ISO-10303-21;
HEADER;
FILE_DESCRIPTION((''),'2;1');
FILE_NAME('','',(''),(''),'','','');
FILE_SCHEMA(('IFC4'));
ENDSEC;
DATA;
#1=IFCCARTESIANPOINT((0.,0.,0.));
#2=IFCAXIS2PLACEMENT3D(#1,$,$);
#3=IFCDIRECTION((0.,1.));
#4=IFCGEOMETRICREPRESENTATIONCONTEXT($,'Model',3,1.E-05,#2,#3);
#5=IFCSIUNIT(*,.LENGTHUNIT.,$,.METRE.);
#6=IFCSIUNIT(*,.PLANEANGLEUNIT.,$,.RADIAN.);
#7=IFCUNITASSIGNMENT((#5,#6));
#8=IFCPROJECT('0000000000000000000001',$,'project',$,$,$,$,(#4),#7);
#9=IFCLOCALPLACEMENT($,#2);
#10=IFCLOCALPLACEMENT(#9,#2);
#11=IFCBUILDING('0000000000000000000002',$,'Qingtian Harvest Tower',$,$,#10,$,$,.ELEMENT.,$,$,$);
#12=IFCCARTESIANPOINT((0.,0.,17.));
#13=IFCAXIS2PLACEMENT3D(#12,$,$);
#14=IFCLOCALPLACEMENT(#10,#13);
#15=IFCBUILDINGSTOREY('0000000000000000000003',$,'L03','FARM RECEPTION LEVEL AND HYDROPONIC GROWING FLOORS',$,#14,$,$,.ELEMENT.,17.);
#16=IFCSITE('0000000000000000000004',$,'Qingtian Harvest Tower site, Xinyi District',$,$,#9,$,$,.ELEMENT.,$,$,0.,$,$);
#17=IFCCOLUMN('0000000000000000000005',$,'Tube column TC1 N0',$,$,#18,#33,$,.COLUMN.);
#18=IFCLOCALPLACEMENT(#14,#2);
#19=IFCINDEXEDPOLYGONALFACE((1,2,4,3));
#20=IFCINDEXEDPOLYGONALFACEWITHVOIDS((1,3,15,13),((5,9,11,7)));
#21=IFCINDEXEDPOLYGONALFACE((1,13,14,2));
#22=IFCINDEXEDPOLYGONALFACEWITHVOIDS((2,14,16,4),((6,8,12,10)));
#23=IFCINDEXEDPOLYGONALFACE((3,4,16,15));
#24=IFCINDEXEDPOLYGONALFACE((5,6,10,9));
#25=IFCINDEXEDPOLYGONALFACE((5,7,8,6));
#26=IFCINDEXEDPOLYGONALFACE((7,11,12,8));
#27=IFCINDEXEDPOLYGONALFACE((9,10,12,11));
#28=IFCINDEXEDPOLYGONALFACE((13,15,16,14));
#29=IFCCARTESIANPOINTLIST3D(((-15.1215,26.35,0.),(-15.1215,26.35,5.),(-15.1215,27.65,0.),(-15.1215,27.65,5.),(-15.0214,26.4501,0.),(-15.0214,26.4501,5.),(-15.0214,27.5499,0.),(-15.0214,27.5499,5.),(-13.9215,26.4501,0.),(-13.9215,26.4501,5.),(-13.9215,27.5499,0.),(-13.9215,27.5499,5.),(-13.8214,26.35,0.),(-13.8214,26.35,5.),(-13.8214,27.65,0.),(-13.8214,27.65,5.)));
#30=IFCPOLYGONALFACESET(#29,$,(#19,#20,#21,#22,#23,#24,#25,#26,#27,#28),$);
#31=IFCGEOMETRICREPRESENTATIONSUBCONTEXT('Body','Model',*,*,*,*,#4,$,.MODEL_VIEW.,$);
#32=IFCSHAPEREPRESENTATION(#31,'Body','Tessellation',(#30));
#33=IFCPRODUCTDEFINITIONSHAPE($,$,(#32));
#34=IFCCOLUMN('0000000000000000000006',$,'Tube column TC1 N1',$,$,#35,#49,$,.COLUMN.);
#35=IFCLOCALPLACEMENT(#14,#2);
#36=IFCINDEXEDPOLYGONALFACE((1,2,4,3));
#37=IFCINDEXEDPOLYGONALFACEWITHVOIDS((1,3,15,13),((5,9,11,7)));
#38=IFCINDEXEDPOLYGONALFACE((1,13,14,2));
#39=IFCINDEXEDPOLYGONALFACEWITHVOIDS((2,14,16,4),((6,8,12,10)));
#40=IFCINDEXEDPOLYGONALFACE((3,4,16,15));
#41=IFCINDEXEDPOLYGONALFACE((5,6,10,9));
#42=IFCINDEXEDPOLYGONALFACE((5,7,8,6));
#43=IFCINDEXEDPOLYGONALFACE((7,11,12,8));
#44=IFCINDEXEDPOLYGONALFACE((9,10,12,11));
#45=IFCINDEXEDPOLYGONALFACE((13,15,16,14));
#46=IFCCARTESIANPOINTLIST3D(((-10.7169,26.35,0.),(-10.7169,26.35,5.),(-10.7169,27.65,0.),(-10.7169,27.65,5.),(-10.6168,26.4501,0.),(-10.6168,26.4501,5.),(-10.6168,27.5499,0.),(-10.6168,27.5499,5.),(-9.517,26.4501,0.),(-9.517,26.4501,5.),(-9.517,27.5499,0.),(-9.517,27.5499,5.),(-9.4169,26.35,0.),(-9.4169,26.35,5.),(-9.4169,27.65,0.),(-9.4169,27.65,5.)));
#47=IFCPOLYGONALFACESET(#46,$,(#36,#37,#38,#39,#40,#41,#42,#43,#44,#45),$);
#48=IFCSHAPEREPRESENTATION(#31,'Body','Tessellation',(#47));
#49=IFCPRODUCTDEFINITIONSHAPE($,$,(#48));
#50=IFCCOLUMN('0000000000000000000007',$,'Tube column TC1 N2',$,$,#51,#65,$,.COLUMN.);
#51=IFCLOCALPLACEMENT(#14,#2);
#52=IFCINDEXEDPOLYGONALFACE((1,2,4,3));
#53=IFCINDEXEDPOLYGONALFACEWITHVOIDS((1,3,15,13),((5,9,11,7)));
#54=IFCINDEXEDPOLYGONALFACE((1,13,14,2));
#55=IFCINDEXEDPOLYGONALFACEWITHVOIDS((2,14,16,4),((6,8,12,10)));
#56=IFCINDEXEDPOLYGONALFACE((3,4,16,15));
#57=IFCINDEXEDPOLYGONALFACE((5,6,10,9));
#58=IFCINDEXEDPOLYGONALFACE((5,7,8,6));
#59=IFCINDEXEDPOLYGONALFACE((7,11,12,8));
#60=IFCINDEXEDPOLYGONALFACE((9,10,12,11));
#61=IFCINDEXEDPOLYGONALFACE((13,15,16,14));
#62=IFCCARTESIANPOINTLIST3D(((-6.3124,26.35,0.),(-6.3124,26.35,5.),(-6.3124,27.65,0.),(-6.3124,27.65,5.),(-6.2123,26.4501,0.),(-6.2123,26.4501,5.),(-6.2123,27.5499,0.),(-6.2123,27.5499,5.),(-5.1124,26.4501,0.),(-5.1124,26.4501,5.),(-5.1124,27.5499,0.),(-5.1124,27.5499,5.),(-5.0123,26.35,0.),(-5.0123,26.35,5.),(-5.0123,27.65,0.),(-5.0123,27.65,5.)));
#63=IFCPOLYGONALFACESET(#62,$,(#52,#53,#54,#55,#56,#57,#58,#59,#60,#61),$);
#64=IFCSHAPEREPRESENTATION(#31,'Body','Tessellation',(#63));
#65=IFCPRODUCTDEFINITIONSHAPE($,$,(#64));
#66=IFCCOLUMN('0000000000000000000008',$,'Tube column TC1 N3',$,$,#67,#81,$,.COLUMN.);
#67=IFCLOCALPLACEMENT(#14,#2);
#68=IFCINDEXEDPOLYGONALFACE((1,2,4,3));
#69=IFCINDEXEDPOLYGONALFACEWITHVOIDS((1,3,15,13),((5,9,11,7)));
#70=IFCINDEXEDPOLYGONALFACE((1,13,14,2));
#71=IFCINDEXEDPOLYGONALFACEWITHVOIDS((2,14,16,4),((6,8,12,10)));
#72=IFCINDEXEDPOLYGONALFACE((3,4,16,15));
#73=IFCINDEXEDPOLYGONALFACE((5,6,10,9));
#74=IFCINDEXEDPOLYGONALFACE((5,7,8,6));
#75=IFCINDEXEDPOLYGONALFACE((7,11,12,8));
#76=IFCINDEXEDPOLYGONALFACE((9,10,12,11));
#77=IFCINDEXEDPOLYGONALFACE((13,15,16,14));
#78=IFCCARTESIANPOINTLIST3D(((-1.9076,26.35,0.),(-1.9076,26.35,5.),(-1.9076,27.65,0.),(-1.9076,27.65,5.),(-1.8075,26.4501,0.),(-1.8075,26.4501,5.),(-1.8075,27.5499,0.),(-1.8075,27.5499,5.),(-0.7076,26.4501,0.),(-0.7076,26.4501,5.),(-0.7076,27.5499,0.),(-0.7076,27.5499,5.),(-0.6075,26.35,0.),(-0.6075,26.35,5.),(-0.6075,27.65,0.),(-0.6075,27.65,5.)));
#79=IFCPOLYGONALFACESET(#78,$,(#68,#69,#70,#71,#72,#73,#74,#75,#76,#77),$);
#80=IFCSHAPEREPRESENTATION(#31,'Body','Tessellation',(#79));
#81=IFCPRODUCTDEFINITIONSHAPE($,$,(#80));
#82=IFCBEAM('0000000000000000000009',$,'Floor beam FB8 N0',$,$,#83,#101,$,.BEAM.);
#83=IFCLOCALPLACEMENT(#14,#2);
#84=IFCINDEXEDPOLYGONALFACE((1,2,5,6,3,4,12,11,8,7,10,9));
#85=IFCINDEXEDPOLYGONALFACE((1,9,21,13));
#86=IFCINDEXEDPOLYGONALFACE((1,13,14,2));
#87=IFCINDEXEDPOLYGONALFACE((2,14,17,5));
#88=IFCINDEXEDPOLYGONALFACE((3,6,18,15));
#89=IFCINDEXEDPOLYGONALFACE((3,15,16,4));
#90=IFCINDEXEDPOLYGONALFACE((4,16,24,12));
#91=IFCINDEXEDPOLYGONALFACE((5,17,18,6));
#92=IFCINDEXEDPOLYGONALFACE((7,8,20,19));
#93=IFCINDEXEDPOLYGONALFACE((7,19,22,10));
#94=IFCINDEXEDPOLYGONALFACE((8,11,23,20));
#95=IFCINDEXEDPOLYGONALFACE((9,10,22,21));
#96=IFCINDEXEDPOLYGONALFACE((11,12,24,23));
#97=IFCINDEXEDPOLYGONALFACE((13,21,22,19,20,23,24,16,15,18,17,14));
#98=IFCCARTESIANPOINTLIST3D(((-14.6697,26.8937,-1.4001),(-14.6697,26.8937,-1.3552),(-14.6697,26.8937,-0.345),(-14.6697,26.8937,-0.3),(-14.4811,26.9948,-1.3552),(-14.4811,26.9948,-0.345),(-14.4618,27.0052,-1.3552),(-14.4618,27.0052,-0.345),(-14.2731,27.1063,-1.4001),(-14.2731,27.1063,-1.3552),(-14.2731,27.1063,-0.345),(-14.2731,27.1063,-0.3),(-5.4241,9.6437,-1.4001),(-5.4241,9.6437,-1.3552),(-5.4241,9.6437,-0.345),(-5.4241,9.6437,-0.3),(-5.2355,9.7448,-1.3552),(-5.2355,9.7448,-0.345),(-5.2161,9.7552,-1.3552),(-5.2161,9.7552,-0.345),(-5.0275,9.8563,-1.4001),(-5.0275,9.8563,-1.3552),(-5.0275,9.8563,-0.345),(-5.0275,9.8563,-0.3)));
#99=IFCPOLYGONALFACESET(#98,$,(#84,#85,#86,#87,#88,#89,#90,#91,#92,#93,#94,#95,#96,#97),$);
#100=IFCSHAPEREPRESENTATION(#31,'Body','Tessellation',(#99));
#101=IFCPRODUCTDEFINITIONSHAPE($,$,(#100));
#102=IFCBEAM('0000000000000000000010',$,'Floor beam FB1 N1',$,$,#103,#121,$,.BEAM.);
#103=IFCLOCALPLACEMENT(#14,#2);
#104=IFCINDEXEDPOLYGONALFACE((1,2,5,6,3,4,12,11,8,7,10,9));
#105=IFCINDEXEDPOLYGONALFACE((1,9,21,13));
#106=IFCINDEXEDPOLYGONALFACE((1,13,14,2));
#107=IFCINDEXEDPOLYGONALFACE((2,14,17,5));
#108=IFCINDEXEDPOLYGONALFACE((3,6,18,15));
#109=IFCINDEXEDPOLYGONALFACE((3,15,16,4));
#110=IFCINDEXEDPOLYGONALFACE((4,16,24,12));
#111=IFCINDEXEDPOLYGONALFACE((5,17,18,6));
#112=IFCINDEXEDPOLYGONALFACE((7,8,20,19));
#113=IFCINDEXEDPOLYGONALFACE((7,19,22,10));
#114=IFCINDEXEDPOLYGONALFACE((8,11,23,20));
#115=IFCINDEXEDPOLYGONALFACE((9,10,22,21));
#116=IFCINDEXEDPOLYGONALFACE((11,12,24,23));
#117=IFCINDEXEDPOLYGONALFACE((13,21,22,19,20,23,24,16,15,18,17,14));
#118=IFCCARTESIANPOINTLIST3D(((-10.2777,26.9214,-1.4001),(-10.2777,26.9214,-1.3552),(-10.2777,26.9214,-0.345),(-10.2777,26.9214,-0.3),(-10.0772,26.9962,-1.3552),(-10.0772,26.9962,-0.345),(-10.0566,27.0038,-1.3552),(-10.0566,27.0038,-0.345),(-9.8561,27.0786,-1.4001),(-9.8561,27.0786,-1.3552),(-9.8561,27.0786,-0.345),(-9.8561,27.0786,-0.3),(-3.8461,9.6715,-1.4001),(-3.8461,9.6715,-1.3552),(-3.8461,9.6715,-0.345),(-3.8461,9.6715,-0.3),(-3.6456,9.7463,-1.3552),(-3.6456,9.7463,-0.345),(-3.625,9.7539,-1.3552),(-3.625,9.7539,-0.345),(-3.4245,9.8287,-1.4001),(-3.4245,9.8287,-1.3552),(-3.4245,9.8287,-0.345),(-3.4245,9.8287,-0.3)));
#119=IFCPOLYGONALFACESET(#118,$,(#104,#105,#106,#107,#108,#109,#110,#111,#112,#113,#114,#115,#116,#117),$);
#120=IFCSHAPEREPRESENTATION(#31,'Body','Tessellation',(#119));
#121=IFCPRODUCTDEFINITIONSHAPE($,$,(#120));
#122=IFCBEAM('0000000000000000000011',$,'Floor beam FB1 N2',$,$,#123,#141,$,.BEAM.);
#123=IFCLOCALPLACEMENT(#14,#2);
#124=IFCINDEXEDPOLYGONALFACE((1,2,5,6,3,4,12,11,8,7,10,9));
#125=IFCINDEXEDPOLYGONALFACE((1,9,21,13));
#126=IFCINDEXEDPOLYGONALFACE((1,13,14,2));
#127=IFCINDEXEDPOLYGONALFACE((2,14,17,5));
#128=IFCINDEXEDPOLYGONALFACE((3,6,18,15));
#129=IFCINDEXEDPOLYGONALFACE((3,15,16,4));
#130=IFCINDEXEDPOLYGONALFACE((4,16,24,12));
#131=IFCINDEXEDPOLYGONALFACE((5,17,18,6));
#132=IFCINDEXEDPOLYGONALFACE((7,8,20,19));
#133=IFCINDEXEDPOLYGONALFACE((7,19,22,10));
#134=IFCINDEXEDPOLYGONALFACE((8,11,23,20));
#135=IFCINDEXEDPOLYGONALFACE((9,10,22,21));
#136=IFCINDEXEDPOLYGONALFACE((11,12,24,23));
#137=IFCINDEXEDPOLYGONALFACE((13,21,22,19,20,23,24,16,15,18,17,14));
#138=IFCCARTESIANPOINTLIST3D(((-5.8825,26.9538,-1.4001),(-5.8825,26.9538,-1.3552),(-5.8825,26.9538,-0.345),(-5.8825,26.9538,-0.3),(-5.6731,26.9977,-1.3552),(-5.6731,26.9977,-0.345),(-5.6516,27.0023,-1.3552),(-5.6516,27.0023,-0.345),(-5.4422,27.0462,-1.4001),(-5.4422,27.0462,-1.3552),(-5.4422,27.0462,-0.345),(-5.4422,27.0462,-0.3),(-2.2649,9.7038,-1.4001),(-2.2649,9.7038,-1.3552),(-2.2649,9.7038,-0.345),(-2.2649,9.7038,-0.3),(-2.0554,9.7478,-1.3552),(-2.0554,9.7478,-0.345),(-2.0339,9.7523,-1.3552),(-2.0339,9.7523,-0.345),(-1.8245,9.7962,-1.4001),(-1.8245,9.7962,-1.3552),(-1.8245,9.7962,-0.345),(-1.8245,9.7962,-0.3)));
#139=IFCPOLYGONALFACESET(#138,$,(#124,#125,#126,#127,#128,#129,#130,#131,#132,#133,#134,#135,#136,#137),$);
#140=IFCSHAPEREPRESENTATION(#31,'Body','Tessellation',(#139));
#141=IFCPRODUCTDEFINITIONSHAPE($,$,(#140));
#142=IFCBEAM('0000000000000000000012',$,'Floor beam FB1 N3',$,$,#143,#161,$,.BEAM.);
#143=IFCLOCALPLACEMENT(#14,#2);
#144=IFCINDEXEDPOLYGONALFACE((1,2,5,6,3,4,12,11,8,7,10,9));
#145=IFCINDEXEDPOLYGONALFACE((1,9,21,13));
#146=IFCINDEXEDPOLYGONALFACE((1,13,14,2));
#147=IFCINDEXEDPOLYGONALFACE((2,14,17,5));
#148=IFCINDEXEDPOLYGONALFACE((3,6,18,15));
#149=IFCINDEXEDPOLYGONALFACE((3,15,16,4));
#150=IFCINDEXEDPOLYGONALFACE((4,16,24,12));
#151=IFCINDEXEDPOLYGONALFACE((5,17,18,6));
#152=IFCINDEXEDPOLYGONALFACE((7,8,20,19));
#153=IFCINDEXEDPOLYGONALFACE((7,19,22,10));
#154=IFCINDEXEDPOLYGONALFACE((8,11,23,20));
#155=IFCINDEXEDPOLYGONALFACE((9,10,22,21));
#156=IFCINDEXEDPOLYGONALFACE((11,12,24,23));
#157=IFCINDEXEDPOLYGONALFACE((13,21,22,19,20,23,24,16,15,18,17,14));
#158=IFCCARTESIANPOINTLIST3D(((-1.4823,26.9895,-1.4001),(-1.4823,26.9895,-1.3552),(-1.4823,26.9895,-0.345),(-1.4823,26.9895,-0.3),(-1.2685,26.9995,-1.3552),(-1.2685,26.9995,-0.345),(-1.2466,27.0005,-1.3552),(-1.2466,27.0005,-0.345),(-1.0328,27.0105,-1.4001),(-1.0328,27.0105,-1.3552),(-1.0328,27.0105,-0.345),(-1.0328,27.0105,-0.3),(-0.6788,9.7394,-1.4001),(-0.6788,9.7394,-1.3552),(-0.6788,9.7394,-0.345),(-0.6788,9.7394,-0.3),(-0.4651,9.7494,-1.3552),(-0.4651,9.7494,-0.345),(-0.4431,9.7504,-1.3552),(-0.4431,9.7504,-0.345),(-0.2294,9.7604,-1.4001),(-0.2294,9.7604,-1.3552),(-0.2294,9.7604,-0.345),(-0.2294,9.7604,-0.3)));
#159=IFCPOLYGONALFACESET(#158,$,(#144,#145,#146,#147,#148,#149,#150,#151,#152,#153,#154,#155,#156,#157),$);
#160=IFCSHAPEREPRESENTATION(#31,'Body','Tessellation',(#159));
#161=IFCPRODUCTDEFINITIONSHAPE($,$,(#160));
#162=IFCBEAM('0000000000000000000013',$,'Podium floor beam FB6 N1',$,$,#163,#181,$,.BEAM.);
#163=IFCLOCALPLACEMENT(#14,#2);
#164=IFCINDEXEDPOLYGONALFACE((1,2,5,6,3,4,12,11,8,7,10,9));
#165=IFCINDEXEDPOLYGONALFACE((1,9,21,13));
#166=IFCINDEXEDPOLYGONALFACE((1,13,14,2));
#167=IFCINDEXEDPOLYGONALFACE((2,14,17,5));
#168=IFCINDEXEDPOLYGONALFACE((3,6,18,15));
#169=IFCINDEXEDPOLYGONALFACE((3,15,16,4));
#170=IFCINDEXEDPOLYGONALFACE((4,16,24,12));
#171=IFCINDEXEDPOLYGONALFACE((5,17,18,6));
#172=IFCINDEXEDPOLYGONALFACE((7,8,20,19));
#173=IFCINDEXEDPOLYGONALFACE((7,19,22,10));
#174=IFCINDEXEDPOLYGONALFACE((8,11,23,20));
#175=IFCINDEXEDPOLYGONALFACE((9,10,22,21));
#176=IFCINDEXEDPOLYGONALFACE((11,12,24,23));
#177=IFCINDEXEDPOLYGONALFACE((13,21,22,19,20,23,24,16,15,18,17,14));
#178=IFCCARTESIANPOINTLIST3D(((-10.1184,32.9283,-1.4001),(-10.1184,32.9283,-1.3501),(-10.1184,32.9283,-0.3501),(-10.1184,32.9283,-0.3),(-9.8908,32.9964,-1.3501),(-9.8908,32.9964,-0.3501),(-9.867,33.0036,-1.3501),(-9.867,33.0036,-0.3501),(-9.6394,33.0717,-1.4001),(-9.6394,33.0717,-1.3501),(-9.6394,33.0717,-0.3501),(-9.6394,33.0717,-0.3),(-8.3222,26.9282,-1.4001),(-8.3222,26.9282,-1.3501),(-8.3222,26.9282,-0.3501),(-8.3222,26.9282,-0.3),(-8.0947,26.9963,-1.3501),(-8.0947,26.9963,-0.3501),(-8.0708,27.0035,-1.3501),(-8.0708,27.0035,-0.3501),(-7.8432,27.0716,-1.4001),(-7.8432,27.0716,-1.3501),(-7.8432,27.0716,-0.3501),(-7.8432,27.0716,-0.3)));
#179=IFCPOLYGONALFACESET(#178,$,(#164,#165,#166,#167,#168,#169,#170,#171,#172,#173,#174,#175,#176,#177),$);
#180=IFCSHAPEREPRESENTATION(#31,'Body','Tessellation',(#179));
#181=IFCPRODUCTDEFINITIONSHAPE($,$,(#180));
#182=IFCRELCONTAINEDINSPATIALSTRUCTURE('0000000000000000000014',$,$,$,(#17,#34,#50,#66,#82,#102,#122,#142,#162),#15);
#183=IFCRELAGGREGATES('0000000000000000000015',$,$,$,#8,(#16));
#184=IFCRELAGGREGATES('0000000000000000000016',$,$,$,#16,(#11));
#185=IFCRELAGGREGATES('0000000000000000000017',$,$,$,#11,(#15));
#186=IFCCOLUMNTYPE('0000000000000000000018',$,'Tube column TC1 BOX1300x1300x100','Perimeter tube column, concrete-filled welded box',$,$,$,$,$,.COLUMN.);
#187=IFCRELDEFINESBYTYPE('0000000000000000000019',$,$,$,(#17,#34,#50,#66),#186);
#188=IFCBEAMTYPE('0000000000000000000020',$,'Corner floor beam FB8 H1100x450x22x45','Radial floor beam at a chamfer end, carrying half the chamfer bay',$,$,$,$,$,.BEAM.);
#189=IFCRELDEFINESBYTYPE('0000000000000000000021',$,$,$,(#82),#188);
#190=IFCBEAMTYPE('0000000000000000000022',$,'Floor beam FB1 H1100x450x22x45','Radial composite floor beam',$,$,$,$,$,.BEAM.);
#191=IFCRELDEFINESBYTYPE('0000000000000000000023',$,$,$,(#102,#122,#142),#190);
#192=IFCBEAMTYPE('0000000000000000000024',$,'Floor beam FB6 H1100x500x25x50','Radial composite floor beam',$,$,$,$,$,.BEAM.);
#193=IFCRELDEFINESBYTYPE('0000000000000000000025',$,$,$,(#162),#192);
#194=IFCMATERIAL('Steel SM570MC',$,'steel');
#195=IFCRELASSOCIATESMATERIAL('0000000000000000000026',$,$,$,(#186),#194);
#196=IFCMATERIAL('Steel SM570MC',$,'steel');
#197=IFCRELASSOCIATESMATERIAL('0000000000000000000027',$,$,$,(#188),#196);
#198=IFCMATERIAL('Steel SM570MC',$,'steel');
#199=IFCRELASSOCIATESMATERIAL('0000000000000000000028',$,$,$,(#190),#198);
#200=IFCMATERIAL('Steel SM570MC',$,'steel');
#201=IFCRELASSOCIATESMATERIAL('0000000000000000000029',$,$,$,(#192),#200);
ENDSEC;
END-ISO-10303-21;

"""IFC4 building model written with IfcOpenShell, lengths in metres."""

from ifc_helpers import new_model, si_unit, direction, frame, origin, origin_2d, place, context, subcontext, project, spatial, hollow_rectangle, i_section, extrude, material, material_profile, profile_set, type_object, element, save


model = new_model("IFC4")

# Units and contexts
model_context = context("Model", 3, precision=1e-05, world=origin(), true_north=direction((0.0, 1.0)))
body_context = subcontext(model_context, "Body", "Model", "MODEL_VIEW")
ifc_project = project(units=[si_unit("LENGTHUNIT", "METRE"), si_unit("PLANEANGLEUNIT", "RADIAN")], contexts=[model_context])

# Site, building, storey
site_placement = place(None, origin())
site = spatial("IfcSite", under=ifc_project, at=site_placement, Name="Qingtian Harvest Tower site, Xinyi District", CompositionType="ELEMENT", RefElevation=0.0)
building_placement = place(site_placement, origin())
building = spatial("IfcBuilding", under=site, at=building_placement, Name="Qingtian Harvest Tower", CompositionType="ELEMENT")
storey_placement = place(building_placement, frame((0.0, 0.0, 17.0)))
storey = spatial("IfcBuildingStorey", under=building, at=storey_placement, Name="L03", Description="FARM RECEPTION LEVEL AND HYDROPONIC GROWING FLOORS", CompositionType="ELEMENT", Elevation=17.0)

# Columns
ifc_material_1 = material(Name="Steel SM570MC", Category="steel")
ifc_material_profile_1 = material_profile(ifc_material_1, hollow_rectangle(XDim=1.3, YDim=1.3, WallThickness=0.1001, at=origin_2d()), Name="BOX1300x1300x100")
ifc_profile_set_1 = profile_set([ifc_material_profile_1], Name="Steel SM570MC")
column_type = type_object("IfcColumnType", Name="Tube column TC1 BOX1300x1300x100", Description="Perimeter tube column, concrete-filled welded box", PredefinedType="COLUMN", material=ifc_profile_set_1)
for number, where, z_axis, x_axis, name in (
    (1, (-14.4714, 27.0, 0.0), (0.0, 0.0, 1.0), (-1.0, 0.0, 0.0), "Tube column TC1 N0"),
    (2, (-10.0669, 27.0, 0.0), (0.0, 0.0, 1.0), (-1.0, 0.0, 0.0), "Tube column TC1 N1"),
    (3, (-5.6624, 27.0, 0.0), (0.0, 0.0, 1.0), (-1.0, 0.0, 0.0), "Tube column TC1 N2"),
    (4, (-1.2576, 27.0, 0.0), (0.0, 0.0, 1.0), (-1.0, 0.0, 0.0), "Tube column TC1 N3"),
):
    element("IfcColumn", number, at=place(storey_placement, frame(where, z_axis=z_axis, x_axis=x_axis)), inside=storey, type_object=column_type, Name=name, PredefinedType="COLUMN", context=body_context, shape_type="SweptSolid", body=[
        extrude(hollow_rectangle(XDim=1.3, YDim=1.3, WallThickness=0.1001, at=origin_2d()), origin(), (0.0, 0.0, 1.0), 5.0),
    ])

# Beams
ifc_material_2 = material(Name="Steel SM570MC", Category="steel")
ifc_material_profile_2 = material_profile(ifc_material_2, i_section(OverallWidth=0.45, OverallDepth=1.1001, WebThickness=0.022, FlangeThickness=0.0449, at=origin_2d()), Name="H1100x450x22x45")
ifc_profile_set_2 = profile_set([ifc_material_profile_2], Name="Steel SM570MC")
beam_type_1 = type_object("IfcBeamType", Name="Corner floor beam FB8 H1100x450x22x45", Description="Radial floor beam at a chamfer end, carrying half the chamfer bay", PredefinedType="BEAM", material=ifc_profile_set_2)
beam_1_placement = place(storey_placement, frame((-14.4714, 27.0, -0.8501), z_axis=(0.472401, -0.881384, 0.0), x_axis=(0.881384, 0.472401, 0.0)))
element("IfcBeam", 5, at=beam_1_placement, inside=storey, type_object=beam_type_1, Name="Floor beam FB8 N0", PredefinedType="BEAM", context=body_context, shape_type="SweptSolid", body=[
    extrude(i_section(OverallWidth=0.45, OverallDepth=1.1001, WebThickness=0.022, FlangeThickness=0.0449, at=origin_2d()), origin(), (0.0, 0.0, 1.0), 19.5715),
])
ifc_material_3 = material(Name="Steel SM570MC", Category="steel")
ifc_material_profile_3 = material_profile(ifc_material_3, i_section(OverallWidth=0.45, OverallDepth=1.1001, WebThickness=0.022, FlangeThickness=0.0449, at=origin_2d()), Name="H1100x450x22x45")
ifc_profile_set_3 = profile_set([ifc_material_profile_3], Name="Steel SM570MC")
beam_type_2 = type_object("IfcBeamType", Name="Floor beam FB1 H1100x450x22x45", Description="Radial composite floor beam", PredefinedType="BEAM", material=ifc_profile_set_3)
beam_2_placement = place(storey_placement, frame((-10.0669, 27.0, -0.8501), z_axis=(0.349356, -0.93699, 0.0), x_axis=(0.93699, 0.349356, 0.0)))
element("IfcBeam", 6, at=beam_2_placement, inside=storey, type_object=beam_type_2, Name="Floor beam FB1 N1", PredefinedType="BEAM", context=body_context, shape_type="SweptSolid", body=[
    extrude(i_section(OverallWidth=0.45, OverallDepth=1.1001, WebThickness=0.022, FlangeThickness=0.0449, at=origin_2d()), origin(), (0.0, 0.0, 1.0), 18.4099),
])
beam_3_placement = place(storey_placement, frame((-5.6624, 27.0, -0.8501), z_axis=(0.205255, -0.978709, 0.0), x_axis=(0.978709, 0.205255, 0.0)))
element("IfcBeam", 7, at=beam_3_placement, inside=storey, type_object=beam_type_2, Name="Floor beam FB1 N2", PredefinedType="BEAM", context=body_context, shape_type="SweptSolid", body=[
    extrude(i_section(OverallWidth=0.45, OverallDepth=1.1001, WebThickness=0.022, FlangeThickness=0.0449, at=origin_2d()), origin(), (0.0, 0.0, 1.0), 17.6252),
])
beam_4_placement = place(storey_placement, frame((-1.2576, 27.0, -0.8501), z_axis=(0.046527, -0.998917, 0.0), x_axis=(0.998917, 0.046527, 0.0)))
element("IfcBeam", 8, at=beam_4_placement, inside=storey, type_object=beam_type_2, Name="Floor beam FB1 N3", PredefinedType="BEAM", context=body_context, shape_type="SweptSolid", body=[
    extrude(i_section(OverallWidth=0.45, OverallDepth=1.1001, WebThickness=0.022, FlangeThickness=0.0449, at=origin_2d()), origin(), (0.0, 0.0, 1.0), 17.2688),
])
ifc_material_4 = material(Name="Steel SM570MC", Category="steel")
ifc_material_profile_4 = material_profile(ifc_material_4, i_section(OverallWidth=0.5, OverallDepth=1.1001, WebThickness=0.0249, FlangeThickness=0.05, at=origin_2d()), Name="H1100x500x25x50")
ifc_profile_set_4 = profile_set([ifc_material_profile_4], Name="Steel SM570MC")
beam_type_3 = type_object("IfcBeamType", Name="Floor beam FB6 H1100x500x25x50", Description="Radial composite floor beam", PredefinedType="BEAM", material=ifc_profile_set_4)
beam_5_placement = place(storey_placement, frame((-9.8789, 33.0, -0.8501), z_axis=(0.286783, -0.957996, 0.0), x_axis=(0.957996, 0.286783, 0.0)))
element("IfcBeam", 9, at=beam_5_placement, inside=storey, type_object=beam_type_3, Name="Podium floor beam FB6 N1", PredefinedType="BEAM", context=body_context, shape_type="SweptSolid", body=[
    extrude(i_section(OverallWidth=0.5, OverallDepth=1.1001, WebThickness=0.0249, FlangeThickness=0.05, at=origin_2d()), origin(), (0.0, 0.0, 1.0), 6.2632),
])

save(model, "model.ifc")
